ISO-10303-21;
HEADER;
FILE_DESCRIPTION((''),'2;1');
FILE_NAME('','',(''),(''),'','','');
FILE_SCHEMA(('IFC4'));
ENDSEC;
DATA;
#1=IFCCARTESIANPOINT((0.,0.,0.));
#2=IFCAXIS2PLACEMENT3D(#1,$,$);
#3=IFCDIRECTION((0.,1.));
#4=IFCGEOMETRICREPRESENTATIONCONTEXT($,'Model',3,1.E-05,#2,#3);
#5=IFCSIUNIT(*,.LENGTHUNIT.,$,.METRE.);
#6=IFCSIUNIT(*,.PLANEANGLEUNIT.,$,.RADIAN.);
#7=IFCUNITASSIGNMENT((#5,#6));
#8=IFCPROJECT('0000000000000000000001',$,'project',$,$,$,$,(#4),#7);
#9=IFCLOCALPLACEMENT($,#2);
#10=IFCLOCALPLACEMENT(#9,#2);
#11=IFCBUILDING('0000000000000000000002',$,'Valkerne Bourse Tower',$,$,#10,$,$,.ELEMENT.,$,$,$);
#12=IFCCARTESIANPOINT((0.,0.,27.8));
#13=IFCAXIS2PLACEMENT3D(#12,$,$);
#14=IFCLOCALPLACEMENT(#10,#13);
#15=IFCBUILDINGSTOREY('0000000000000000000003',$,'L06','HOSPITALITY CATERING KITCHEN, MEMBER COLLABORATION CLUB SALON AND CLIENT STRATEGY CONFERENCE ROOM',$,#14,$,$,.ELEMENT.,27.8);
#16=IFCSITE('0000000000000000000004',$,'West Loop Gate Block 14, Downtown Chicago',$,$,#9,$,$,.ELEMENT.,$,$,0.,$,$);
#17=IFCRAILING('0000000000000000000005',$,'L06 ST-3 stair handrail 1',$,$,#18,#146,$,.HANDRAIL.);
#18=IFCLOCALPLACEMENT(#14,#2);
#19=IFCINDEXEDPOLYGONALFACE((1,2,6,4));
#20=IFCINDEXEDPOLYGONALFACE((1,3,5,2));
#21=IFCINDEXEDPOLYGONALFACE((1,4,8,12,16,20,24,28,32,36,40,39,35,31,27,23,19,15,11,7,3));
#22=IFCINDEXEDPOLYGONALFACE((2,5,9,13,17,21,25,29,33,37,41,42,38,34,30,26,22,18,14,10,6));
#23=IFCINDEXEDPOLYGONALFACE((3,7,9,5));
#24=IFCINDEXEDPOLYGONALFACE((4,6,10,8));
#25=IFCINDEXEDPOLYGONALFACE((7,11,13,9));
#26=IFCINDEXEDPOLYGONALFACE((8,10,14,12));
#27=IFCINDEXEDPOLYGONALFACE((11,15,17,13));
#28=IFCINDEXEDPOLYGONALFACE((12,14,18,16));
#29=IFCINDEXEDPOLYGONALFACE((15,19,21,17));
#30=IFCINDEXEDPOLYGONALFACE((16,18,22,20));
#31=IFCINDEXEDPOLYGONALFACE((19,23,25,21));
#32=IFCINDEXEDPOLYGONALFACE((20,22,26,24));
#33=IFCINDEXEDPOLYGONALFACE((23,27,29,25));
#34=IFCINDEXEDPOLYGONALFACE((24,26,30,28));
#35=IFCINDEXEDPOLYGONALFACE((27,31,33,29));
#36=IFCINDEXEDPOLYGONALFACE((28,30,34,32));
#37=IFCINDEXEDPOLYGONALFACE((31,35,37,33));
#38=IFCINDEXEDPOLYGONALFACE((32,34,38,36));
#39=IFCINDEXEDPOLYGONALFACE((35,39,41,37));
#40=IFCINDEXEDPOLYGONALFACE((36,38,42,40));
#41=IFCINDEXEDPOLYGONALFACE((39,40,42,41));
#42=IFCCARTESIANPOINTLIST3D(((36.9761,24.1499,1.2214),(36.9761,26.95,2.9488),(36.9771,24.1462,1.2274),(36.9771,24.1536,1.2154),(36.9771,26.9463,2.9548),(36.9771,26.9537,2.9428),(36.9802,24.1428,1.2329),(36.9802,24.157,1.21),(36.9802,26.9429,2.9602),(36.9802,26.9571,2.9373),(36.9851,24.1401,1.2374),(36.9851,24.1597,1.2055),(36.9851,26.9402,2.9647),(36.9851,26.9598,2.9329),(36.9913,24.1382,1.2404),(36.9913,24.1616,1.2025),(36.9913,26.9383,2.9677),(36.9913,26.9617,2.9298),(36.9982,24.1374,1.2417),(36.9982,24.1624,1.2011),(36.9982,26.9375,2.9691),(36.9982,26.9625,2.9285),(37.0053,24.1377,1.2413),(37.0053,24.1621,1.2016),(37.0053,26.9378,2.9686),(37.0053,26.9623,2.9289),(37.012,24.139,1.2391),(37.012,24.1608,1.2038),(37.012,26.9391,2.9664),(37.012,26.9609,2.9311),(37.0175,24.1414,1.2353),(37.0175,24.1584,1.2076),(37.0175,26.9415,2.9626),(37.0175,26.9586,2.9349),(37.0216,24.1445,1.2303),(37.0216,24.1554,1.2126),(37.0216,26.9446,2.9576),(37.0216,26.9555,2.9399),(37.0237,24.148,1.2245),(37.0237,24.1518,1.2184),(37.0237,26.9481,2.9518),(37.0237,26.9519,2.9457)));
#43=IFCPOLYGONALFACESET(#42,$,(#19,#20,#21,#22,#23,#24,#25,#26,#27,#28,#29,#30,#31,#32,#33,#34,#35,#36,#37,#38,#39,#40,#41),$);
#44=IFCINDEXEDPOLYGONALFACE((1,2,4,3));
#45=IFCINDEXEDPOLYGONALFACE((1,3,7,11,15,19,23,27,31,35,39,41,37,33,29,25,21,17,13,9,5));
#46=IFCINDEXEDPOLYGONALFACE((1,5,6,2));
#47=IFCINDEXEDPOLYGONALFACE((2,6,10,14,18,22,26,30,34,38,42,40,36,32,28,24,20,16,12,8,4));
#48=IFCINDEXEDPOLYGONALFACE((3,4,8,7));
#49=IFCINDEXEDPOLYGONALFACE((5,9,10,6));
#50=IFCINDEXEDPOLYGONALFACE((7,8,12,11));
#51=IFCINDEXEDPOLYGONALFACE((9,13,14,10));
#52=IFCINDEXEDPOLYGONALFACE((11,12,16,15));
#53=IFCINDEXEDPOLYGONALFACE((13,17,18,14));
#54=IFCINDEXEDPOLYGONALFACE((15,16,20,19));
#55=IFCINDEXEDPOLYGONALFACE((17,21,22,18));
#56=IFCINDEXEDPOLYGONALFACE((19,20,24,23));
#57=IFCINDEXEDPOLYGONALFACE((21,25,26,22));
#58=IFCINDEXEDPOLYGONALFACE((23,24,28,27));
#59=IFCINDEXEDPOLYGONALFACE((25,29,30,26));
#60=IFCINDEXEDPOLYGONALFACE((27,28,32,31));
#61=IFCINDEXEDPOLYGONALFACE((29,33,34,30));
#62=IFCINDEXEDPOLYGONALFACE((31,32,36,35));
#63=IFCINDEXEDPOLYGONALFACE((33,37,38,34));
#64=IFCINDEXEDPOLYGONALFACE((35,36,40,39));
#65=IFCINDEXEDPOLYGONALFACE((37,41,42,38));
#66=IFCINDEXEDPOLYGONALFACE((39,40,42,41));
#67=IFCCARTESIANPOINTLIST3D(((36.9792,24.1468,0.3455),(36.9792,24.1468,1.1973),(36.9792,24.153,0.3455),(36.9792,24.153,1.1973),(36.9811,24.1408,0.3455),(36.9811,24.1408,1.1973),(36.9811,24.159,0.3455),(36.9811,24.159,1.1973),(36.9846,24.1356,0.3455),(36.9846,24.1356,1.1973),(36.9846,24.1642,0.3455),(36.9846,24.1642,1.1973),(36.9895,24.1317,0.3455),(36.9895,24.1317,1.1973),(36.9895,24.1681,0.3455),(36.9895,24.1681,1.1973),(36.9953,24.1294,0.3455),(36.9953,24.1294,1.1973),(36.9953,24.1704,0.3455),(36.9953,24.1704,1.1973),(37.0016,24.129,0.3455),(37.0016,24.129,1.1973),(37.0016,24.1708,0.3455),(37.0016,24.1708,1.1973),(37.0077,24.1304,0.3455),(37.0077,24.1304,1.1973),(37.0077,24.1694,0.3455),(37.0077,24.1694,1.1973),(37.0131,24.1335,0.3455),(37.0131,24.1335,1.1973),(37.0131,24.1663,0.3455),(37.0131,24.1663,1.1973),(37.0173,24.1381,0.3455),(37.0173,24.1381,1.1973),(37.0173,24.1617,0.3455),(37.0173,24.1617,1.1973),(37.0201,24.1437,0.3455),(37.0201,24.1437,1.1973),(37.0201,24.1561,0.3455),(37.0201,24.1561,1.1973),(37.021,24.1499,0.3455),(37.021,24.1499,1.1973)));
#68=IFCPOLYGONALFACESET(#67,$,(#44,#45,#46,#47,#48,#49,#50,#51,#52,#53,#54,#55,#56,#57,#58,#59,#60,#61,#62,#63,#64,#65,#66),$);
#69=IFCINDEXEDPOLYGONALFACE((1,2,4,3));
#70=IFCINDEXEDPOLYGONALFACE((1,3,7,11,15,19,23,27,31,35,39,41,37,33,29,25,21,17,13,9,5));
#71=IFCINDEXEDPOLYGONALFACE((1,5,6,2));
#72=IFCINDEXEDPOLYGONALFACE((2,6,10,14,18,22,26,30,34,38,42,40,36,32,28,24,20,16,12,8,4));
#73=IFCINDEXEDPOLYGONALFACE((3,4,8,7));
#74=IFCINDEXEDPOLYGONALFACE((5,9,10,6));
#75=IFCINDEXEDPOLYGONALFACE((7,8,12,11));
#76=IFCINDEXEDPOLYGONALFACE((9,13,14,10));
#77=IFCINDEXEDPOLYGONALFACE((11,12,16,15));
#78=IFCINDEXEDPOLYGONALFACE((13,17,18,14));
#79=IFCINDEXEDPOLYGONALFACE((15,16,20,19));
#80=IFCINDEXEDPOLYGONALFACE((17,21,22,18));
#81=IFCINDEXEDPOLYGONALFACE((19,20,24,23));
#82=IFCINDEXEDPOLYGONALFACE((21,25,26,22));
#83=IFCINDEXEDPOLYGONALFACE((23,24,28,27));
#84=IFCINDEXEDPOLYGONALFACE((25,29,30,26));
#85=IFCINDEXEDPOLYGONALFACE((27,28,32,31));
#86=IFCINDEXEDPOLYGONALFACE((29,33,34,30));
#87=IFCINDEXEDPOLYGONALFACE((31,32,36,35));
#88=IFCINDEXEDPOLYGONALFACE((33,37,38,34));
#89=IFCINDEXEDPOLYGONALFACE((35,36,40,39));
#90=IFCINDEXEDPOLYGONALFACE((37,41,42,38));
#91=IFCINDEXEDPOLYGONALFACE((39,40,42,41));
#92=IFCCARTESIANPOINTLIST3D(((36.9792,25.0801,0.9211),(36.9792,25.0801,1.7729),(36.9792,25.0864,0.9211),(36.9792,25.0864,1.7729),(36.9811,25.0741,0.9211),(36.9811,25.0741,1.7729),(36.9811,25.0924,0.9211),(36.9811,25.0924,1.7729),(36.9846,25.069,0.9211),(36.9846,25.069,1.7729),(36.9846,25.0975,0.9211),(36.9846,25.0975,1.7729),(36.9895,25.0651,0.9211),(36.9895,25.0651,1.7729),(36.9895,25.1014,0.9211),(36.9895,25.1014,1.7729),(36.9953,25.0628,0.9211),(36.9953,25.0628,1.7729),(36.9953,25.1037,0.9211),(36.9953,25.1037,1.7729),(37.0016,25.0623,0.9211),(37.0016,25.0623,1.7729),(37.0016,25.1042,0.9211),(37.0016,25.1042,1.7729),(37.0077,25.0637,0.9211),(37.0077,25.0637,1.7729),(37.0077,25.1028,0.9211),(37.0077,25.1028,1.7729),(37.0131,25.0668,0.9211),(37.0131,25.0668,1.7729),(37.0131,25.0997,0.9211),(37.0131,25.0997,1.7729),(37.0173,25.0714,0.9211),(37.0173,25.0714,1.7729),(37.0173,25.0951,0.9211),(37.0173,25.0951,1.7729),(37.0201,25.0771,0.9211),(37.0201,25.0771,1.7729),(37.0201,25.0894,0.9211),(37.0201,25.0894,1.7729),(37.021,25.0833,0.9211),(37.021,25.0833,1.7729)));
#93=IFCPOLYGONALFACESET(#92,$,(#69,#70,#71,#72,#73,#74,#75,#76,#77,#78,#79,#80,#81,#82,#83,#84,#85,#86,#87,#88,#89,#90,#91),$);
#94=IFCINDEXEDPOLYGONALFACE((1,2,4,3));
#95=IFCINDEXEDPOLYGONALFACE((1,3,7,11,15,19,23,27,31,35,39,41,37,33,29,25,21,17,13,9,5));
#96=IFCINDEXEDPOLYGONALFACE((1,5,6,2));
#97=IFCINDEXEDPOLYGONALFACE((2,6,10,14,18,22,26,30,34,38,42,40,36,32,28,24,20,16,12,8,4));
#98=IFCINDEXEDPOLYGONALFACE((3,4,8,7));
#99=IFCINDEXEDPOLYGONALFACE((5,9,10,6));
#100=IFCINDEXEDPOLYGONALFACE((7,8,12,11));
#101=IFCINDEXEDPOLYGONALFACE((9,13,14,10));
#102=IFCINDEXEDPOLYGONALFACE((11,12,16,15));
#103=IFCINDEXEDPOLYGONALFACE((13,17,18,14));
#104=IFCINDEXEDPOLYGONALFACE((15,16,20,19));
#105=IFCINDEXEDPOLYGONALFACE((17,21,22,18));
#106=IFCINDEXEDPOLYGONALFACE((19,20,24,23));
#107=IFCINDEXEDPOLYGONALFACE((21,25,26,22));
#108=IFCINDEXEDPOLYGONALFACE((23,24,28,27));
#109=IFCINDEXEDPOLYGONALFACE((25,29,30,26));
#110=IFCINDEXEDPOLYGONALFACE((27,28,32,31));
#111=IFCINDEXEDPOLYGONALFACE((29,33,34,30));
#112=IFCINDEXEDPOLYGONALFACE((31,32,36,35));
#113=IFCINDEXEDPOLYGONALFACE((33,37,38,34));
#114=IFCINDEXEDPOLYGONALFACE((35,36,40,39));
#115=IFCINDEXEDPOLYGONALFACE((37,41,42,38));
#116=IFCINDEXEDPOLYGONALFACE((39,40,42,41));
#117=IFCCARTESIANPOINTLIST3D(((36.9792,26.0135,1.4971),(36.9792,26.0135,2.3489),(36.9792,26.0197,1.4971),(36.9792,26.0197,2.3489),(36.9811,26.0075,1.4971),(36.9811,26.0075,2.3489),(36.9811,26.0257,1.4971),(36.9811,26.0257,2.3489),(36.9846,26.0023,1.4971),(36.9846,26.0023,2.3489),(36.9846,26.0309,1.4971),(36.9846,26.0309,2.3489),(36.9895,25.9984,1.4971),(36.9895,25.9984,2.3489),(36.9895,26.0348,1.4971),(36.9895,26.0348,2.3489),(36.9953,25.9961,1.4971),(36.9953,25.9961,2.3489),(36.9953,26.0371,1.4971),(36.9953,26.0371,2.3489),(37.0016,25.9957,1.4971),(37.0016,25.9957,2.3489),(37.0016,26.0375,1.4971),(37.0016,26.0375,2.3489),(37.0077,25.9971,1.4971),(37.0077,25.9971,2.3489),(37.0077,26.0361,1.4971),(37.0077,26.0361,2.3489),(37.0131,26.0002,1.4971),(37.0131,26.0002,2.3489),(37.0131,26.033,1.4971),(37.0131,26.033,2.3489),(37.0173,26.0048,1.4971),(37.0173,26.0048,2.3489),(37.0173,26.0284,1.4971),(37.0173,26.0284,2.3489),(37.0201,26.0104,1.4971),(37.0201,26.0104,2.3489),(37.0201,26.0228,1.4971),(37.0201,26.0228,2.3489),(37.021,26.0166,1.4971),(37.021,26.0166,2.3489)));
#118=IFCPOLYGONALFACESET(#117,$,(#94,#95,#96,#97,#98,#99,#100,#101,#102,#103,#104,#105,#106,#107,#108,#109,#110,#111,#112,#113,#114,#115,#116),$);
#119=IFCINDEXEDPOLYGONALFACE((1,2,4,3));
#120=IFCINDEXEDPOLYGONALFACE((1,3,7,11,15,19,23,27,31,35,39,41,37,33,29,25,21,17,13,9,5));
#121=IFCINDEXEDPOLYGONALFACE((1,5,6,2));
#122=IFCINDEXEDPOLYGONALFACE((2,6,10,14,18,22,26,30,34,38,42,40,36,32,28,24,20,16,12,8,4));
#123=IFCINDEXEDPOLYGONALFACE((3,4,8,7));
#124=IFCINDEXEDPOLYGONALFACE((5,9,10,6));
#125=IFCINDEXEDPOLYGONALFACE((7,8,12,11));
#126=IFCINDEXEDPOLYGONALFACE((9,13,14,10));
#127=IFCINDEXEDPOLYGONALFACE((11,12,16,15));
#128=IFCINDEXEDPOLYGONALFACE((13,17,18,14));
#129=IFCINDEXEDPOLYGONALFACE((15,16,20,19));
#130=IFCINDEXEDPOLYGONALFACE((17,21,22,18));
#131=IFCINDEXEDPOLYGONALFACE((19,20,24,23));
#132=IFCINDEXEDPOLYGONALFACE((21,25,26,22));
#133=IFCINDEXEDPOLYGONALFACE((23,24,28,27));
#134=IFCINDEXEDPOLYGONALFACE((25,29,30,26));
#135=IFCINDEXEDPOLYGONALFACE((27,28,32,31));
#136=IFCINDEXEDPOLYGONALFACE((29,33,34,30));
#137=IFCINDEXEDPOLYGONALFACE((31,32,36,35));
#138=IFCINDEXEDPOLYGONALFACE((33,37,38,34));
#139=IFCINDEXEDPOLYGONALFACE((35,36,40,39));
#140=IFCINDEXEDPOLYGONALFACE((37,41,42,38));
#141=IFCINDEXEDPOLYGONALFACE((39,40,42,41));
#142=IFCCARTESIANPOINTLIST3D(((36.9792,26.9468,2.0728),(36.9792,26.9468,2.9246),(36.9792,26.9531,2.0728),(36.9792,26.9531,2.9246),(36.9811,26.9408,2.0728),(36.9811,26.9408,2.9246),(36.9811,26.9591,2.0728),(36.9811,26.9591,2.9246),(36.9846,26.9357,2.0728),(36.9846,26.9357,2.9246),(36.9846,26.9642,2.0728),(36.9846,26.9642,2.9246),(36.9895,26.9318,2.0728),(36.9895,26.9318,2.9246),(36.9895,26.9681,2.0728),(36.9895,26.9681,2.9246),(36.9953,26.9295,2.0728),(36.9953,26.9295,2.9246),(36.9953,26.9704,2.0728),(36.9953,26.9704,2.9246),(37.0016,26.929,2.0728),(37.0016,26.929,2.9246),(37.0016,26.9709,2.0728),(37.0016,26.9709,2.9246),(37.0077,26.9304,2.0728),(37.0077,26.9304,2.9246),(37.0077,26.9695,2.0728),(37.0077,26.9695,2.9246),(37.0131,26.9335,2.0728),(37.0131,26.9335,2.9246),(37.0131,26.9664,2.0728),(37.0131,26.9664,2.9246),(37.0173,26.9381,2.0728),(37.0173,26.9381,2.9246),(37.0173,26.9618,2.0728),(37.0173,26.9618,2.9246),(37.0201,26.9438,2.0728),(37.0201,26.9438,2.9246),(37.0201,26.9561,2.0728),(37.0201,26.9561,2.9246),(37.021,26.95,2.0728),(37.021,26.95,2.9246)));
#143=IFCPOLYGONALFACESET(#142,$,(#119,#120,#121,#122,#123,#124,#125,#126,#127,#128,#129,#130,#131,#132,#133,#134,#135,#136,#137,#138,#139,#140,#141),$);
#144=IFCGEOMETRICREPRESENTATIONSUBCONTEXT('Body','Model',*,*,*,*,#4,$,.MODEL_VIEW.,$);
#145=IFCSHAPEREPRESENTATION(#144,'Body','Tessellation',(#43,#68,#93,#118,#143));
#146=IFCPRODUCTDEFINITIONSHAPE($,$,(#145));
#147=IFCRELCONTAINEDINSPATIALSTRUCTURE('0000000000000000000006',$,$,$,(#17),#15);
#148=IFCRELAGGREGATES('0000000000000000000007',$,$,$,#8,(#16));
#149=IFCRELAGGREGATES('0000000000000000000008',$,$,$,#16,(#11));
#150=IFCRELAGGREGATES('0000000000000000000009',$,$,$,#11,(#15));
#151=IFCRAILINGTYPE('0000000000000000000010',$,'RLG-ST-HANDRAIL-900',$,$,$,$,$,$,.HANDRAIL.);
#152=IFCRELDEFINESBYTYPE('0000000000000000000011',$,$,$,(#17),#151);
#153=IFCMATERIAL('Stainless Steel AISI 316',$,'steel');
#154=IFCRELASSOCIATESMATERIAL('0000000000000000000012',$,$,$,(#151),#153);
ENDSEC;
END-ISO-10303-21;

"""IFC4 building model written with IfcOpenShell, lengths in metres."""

from ifc_helpers import new_model, si_unit, direction, frame, origin, origin_2d, place, context, subcontext, project, spatial, circle, extrude, material, type_object, element, save


model = new_model("IFC4")

# Units and contexts
model_context = context("Model", 3, precision=1e-05, world=origin(), true_north=direction((0.0, 1.0)))
body_context = subcontext(model_context, "Body", "Model", "MODEL_VIEW")
ifc_project = project(units=[si_unit("LENGTHUNIT", "METRE"), si_unit("PLANEANGLEUNIT", "RADIAN")], contexts=[model_context])

# Site, building, storey
site_placement = place(None, origin())
site = spatial("IfcSite", under=ifc_project, at=site_placement, Name="West Loop Gate Block 14, Downtown Chicago", CompositionType="ELEMENT", RefElevation=0.0)
building_placement = place(site_placement, origin())
building = spatial("IfcBuilding", under=site, at=building_placement, Name="Valkerne Bourse Tower", CompositionType="ELEMENT")
storey_placement = place(building_placement, frame((0.0, 0.0, 27.8)))
storey = spatial("IfcBuildingStorey", under=building, at=storey_placement, Name="L06", Description="HOSPITALITY CATERING KITCHEN, MEMBER COLLABORATION CLUB SALON AND CLIENT STRATEGY CONFERENCE ROOM", CompositionType="ELEMENT", Elevation=27.8)

# Railing
ifc_material_1 = material(Name="Stainless Steel AISI 316", Category="steel")
railing_type_1 = type_object("IfcRailingType", Name="RLG-ST-HANDRAIL-900", PredefinedType="HANDRAIL", material=ifc_material_1)
railing_1_placement = place(storey_placement, frame((37.0, 24.1499, 0.3455)))
element("IfcRailing", 1, at=railing_1_placement, inside=storey, type_object=railing_type_1, Name="L06 ST-3 stair handrail 1", PredefinedType="HANDRAIL", context=body_context, shape_type="SweptSolid", body=[
    extrude(circle(Radius=0.0239, at=origin_2d()), frame((0.0, 0.0, 0.876), z_axis=(0.0, 0.85109, 0.52502), x_axis=(-1.0, 0.0, 0.0)), (0.0, 0.0, 1.0), 3.29),
    extrude(circle(Radius=0.021, at=origin_2d()), origin(), (0.0, 0.0, 1.0), 0.8518),
    extrude(circle(Radius=0.021, at=origin_2d()), frame((0.0, 0.9333, 0.5757)), (0.0, 0.0, 1.0), 0.8518),
    extrude(circle(Radius=0.021, at=origin_2d()), frame((0.0, 1.8667, 1.1516)), (0.0, 0.0, 1.0), 0.8518),
    extrude(circle(Radius=0.021, at=origin_2d()), frame((0.0, 2.8, 1.7273)), (0.0, 0.0, 1.0), 0.8518),
])

save(model, "model.ifc")
